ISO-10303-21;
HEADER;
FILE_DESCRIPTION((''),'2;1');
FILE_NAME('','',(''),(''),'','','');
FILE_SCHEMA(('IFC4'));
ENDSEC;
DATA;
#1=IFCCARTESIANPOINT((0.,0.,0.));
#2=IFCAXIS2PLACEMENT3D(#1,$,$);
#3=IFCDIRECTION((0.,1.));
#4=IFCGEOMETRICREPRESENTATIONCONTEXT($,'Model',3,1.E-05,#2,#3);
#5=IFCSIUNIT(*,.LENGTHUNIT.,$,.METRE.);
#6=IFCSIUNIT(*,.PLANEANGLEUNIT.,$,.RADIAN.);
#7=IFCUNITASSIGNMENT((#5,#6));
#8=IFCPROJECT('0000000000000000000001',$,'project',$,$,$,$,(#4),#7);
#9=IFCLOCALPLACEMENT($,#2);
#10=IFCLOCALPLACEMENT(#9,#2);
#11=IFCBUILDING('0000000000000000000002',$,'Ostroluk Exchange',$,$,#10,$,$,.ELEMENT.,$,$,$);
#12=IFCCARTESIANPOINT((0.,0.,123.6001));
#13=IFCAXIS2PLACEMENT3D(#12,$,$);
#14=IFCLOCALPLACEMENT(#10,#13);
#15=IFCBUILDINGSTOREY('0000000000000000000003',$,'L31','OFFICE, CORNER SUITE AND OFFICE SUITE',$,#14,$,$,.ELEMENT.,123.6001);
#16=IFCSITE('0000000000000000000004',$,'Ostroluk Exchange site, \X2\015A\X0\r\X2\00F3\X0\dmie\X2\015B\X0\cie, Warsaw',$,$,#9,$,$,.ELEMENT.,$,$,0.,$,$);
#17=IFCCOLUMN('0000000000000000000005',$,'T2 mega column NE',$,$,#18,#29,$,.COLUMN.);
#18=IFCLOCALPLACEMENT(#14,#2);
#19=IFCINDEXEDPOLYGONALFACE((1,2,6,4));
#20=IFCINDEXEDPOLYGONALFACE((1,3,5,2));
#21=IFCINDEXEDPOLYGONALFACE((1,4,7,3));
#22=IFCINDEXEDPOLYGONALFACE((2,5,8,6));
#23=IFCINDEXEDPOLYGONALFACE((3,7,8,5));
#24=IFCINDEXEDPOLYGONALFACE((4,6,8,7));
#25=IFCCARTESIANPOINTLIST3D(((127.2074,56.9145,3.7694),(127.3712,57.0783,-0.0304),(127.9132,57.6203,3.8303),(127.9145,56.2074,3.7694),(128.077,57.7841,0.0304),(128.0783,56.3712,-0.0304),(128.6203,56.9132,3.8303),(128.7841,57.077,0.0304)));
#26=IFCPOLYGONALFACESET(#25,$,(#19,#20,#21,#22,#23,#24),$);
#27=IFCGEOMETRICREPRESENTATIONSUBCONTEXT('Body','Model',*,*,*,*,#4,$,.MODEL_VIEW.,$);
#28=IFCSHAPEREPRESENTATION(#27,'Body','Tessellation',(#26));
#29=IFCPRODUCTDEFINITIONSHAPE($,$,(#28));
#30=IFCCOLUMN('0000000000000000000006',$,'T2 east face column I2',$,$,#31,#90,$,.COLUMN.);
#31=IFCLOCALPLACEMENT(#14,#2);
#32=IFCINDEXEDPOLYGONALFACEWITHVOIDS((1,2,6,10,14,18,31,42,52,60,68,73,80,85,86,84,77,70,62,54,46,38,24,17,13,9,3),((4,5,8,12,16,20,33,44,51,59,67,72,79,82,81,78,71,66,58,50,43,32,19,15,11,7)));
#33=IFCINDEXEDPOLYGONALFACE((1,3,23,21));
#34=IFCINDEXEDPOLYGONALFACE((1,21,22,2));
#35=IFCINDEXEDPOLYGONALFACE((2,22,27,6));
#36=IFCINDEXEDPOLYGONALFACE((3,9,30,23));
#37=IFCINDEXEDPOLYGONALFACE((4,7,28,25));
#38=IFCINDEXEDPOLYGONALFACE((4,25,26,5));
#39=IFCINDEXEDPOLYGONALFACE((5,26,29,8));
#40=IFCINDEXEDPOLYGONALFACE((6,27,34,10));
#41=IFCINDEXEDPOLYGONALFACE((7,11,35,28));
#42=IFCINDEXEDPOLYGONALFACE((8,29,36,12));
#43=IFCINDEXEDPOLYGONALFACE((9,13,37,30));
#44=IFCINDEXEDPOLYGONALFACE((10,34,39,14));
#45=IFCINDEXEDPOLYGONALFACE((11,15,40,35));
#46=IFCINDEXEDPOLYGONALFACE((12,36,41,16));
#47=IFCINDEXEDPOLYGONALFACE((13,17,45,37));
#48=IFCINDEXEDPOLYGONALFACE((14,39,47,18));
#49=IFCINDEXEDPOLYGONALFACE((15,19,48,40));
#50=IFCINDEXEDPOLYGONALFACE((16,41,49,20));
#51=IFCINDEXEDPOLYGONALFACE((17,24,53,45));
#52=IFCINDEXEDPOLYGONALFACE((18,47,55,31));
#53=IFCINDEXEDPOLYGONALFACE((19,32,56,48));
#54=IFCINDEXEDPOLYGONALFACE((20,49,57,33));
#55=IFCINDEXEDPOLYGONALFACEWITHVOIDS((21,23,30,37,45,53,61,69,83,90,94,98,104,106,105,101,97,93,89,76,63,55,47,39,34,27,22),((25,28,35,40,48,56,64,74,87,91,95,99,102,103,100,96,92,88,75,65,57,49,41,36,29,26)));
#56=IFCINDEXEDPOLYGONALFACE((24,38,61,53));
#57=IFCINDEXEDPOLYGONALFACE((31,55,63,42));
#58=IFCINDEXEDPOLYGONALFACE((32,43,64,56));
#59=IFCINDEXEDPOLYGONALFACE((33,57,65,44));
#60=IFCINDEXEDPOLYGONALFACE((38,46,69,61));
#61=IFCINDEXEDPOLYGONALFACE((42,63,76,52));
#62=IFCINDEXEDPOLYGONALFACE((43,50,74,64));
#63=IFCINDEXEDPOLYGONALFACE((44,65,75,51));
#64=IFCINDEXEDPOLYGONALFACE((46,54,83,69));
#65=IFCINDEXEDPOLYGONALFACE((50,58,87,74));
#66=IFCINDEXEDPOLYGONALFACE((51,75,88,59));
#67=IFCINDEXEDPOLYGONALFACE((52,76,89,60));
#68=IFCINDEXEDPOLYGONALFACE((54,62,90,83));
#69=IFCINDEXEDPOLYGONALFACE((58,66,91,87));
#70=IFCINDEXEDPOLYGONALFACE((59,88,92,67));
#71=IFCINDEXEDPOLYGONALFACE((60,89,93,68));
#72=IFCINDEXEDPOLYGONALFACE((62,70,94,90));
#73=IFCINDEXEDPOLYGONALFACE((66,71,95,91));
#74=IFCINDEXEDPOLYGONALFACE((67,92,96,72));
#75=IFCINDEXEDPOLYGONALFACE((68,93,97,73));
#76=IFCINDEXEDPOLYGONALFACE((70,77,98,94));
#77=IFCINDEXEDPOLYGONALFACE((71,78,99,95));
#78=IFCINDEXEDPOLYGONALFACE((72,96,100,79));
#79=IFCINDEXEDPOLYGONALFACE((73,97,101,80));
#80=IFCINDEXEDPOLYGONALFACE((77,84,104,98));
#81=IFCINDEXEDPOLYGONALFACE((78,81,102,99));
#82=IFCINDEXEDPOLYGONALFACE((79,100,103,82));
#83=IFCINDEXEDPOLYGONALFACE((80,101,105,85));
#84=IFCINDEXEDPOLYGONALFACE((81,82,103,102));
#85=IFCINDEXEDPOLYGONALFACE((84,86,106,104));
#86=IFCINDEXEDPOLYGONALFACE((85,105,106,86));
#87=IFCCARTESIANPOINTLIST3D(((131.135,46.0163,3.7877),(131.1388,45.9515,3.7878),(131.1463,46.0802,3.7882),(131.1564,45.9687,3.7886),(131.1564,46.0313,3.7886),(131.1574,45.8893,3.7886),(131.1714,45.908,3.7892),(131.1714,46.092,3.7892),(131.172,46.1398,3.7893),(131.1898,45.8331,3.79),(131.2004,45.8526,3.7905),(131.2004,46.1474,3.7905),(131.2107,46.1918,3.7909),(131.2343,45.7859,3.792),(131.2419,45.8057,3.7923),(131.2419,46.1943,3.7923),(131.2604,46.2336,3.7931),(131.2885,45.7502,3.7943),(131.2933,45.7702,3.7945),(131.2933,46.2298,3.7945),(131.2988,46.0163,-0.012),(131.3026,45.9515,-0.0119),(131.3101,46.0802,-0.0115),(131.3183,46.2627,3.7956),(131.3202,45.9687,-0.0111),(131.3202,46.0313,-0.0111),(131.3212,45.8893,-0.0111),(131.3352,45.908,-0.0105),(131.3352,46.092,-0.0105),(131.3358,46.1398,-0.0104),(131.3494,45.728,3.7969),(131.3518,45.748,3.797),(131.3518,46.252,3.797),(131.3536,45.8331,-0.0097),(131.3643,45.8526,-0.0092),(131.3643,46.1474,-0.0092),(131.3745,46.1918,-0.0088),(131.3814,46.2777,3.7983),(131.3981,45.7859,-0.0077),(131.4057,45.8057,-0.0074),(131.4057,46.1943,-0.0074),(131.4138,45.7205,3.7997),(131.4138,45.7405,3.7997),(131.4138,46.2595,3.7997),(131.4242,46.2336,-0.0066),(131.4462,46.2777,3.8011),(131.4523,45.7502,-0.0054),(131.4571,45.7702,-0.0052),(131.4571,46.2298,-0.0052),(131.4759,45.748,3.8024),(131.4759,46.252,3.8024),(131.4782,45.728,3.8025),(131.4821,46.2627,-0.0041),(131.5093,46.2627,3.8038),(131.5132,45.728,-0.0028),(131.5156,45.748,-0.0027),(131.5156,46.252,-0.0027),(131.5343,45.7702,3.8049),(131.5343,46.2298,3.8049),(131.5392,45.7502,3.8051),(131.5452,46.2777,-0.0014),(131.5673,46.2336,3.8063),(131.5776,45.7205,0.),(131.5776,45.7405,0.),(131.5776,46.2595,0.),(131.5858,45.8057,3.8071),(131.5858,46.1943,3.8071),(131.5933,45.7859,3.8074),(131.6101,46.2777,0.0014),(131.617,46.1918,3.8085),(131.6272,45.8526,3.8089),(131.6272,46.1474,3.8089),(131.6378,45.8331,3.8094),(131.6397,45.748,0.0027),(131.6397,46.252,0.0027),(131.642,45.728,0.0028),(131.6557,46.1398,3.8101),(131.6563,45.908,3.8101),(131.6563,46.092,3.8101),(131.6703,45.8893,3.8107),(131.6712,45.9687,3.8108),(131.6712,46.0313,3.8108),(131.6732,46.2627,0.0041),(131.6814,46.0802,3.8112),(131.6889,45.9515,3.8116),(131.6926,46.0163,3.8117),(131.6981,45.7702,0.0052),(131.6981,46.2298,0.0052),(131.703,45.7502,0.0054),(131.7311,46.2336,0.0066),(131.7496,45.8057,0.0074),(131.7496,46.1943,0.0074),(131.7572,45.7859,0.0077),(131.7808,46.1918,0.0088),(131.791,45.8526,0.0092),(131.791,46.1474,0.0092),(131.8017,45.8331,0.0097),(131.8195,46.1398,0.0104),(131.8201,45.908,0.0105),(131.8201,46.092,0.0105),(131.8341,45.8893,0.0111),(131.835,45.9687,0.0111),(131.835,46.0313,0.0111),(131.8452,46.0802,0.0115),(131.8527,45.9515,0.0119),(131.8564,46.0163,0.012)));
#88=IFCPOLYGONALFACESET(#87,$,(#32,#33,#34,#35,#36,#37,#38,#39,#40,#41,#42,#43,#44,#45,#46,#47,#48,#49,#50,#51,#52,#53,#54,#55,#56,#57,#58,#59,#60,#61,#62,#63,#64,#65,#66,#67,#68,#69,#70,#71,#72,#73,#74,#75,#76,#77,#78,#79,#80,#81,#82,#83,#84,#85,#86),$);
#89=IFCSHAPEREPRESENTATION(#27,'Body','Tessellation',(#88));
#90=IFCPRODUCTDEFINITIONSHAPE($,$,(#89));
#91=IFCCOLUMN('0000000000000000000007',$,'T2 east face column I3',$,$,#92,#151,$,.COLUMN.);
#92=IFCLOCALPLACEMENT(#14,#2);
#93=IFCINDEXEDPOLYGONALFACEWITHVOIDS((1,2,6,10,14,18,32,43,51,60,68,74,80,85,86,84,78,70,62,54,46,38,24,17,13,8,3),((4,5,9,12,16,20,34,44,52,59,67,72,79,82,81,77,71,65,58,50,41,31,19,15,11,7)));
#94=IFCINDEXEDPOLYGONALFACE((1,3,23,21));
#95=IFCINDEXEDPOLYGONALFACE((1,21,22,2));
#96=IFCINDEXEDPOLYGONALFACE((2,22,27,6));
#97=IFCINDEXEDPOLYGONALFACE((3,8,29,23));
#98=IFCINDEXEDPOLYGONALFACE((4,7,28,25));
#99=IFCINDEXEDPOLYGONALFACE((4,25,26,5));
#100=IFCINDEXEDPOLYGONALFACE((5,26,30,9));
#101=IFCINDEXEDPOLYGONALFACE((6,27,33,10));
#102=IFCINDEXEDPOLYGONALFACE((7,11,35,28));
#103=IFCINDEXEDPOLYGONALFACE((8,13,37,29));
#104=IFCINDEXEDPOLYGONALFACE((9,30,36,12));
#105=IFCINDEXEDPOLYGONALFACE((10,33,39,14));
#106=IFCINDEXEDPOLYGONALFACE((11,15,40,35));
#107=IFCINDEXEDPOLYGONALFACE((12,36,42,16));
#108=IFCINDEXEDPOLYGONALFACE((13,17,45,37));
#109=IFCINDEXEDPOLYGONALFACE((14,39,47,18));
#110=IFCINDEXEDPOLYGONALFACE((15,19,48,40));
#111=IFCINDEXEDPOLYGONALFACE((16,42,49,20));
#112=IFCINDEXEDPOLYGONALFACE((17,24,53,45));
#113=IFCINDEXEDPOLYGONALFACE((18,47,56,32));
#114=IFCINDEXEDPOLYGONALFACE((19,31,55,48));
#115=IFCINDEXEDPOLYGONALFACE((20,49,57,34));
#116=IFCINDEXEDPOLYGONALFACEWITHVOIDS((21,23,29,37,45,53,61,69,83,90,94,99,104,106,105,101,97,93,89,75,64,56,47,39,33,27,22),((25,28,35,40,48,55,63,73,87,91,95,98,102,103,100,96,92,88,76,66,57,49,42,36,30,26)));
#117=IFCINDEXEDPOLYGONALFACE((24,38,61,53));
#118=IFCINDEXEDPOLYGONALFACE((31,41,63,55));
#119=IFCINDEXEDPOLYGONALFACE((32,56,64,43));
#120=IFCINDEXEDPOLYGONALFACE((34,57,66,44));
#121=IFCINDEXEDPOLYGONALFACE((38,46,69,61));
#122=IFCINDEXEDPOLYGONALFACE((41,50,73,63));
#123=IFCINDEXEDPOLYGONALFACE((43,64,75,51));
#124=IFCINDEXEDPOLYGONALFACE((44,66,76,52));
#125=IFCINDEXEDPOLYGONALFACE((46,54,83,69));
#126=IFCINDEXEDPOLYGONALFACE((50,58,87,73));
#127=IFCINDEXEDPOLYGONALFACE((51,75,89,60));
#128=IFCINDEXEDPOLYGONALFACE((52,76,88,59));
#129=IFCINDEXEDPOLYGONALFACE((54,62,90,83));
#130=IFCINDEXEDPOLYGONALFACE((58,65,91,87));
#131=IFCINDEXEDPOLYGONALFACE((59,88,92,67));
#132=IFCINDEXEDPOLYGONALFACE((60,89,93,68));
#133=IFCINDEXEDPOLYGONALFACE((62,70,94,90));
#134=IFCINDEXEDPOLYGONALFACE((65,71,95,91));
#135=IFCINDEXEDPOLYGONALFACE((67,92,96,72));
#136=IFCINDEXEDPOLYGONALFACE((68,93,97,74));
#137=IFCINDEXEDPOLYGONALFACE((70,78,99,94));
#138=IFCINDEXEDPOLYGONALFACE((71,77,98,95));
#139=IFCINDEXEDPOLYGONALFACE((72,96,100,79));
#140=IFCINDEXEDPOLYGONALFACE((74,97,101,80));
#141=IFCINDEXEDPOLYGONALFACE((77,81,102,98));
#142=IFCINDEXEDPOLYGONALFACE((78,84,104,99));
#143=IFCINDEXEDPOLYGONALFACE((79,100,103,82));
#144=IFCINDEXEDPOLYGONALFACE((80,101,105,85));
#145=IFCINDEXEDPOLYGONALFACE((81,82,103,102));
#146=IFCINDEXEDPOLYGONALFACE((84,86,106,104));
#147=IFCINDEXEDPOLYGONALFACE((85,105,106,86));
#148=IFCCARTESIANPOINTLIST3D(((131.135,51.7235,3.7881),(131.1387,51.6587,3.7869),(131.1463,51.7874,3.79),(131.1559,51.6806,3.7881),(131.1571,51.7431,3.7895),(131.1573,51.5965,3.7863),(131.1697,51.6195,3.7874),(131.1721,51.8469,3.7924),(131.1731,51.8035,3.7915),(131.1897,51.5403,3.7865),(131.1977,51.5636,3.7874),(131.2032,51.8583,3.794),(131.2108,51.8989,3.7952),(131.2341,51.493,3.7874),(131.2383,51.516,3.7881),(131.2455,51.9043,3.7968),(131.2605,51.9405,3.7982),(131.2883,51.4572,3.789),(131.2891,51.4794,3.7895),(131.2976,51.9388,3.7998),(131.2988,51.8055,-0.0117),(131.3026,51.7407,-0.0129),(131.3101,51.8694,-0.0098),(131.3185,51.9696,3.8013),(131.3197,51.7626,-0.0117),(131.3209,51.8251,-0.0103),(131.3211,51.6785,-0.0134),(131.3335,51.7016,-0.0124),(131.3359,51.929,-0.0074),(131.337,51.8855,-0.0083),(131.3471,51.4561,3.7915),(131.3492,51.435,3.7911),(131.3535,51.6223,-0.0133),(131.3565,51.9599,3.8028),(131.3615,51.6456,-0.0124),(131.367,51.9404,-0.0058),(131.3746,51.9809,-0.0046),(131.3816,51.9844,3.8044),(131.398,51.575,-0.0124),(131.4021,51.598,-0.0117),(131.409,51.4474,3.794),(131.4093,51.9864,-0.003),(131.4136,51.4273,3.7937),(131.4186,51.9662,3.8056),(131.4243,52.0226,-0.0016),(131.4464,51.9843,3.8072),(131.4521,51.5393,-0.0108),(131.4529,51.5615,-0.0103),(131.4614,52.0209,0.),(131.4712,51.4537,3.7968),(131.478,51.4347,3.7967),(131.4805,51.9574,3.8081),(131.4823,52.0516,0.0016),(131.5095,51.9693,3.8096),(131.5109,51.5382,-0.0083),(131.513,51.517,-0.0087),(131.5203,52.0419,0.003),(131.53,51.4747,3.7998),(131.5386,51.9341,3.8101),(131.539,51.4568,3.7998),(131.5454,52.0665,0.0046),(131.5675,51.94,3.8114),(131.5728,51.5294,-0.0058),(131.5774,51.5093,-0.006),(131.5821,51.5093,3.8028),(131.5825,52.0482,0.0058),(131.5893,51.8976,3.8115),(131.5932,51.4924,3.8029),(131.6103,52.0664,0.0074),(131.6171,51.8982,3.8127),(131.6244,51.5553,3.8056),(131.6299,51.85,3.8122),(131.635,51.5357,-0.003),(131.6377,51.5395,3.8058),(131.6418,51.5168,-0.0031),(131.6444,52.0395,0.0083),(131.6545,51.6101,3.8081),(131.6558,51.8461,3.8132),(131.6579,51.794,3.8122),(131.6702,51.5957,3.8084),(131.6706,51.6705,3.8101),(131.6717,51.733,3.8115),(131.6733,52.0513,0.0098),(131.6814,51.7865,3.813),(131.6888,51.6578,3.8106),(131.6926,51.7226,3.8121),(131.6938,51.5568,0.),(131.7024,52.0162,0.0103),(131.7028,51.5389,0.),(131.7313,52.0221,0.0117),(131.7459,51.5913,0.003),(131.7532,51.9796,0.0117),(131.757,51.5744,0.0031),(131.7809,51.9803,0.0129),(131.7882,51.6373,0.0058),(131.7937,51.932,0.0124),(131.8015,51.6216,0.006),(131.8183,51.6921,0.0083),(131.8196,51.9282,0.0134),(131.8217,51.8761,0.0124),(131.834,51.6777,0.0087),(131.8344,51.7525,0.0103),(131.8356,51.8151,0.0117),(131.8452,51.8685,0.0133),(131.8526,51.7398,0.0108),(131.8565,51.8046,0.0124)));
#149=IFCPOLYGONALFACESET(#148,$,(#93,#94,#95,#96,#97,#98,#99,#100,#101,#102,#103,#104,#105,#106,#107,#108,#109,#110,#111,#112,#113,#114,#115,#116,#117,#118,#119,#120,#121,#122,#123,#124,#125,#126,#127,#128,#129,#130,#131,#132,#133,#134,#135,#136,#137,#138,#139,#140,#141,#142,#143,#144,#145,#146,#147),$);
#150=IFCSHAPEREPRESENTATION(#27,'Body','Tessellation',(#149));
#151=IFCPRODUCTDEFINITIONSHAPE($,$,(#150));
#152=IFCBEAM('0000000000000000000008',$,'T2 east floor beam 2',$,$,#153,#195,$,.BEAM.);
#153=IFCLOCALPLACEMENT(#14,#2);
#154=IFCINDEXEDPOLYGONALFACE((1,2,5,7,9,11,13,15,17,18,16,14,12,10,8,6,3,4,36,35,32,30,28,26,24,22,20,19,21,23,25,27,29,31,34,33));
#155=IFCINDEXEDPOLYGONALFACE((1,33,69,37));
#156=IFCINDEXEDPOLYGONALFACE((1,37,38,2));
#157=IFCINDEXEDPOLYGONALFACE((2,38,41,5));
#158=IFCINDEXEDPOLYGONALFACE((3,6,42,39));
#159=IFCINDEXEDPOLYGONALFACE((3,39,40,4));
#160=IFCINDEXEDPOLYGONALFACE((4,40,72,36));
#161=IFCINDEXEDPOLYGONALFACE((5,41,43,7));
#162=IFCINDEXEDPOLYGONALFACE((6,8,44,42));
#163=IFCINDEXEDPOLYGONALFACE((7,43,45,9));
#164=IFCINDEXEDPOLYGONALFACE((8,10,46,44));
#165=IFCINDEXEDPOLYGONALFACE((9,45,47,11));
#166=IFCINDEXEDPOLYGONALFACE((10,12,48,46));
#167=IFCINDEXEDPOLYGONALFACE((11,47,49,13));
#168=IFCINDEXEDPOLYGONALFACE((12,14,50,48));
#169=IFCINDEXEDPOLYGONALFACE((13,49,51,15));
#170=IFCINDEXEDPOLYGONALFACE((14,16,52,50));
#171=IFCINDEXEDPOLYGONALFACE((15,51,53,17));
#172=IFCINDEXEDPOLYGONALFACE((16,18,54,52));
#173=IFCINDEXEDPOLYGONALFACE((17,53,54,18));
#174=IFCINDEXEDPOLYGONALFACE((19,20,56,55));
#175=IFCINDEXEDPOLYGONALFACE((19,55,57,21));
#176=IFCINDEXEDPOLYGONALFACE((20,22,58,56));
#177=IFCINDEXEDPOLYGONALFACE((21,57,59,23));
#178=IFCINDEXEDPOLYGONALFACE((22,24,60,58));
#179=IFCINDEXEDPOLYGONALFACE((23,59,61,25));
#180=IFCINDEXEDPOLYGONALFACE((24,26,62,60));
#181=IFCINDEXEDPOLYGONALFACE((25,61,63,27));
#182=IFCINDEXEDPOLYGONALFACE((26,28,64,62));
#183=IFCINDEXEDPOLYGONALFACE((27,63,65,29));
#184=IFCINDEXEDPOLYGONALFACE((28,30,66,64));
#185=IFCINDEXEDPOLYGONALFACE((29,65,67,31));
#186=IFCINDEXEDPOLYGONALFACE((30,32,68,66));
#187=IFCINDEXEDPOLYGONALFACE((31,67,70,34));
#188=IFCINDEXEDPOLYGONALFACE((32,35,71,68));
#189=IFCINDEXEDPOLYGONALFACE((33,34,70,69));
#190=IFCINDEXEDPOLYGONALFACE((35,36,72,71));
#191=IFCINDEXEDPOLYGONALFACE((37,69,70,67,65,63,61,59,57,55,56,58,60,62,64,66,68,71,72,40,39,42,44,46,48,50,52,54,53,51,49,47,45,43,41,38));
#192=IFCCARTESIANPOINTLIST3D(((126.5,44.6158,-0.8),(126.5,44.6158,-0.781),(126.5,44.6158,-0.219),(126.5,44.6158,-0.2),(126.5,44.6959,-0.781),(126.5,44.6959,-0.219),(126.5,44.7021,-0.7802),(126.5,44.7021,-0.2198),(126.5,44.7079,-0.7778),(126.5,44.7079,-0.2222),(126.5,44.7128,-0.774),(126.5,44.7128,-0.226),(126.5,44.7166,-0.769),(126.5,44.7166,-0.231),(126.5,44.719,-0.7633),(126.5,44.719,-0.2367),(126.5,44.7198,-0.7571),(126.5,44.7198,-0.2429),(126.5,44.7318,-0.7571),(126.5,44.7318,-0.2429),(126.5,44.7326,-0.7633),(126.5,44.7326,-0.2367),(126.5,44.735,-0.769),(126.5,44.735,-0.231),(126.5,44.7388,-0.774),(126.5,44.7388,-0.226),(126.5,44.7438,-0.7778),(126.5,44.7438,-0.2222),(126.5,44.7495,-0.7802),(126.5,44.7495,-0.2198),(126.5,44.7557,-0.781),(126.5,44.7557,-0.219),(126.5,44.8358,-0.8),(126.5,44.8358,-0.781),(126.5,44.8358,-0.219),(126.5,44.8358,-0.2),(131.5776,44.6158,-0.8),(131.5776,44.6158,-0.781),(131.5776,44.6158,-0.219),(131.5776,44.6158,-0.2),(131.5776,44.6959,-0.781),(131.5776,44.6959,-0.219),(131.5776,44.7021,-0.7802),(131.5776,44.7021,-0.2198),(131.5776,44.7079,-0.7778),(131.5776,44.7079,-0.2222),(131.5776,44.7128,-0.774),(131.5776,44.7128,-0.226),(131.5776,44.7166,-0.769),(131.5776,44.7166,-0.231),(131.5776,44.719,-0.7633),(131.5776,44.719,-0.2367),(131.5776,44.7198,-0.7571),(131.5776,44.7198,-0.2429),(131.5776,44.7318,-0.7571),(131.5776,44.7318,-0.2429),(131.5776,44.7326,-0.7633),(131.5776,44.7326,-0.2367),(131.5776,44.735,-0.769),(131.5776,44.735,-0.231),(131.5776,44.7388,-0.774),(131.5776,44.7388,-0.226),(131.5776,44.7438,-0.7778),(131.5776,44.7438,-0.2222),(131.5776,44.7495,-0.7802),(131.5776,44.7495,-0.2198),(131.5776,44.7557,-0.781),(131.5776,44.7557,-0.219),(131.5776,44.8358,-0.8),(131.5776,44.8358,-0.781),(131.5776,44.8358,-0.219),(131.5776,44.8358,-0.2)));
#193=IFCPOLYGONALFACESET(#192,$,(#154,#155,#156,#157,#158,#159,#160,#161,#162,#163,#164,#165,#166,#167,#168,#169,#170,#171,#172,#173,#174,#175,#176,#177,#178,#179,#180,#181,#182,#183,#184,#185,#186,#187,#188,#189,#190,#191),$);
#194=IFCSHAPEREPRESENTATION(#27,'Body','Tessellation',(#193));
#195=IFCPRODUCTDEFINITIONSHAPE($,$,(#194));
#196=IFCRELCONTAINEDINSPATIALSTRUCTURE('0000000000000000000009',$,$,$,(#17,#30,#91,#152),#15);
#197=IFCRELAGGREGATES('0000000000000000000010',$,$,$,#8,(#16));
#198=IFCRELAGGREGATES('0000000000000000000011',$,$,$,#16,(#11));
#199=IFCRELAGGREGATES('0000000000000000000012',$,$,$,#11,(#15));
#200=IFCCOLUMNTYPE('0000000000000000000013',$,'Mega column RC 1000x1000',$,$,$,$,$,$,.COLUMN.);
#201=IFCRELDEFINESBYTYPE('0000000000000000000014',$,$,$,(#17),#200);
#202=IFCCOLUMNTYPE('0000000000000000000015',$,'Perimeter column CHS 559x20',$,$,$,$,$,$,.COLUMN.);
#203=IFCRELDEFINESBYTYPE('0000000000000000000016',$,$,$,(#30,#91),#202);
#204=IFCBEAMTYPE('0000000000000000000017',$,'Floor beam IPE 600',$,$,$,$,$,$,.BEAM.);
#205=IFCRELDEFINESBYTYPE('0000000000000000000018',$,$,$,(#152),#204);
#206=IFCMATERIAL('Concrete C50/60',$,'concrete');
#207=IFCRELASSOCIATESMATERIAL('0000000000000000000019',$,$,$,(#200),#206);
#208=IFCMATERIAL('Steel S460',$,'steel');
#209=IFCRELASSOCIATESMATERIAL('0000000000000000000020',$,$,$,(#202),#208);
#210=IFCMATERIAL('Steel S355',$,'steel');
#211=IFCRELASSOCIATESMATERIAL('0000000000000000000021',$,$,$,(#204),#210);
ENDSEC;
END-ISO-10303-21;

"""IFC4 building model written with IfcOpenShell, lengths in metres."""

from ifc_helpers import new_model, si_unit, direction, frame, origin, origin_2d, place, context, subcontext, project, spatial, rectangle, hollow_circle, i_section, extrude, material, material_profile, profile_set, type_object, element, save


model = new_model("IFC4")

# Units and contexts
model_context = context("Model", 3, precision=1e-05, world=origin(), true_north=direction((0.0, 1.0)))
body_context = subcontext(model_context, "Body", "Model", "MODEL_VIEW")
ifc_project = project(units=[si_unit("LENGTHUNIT", "METRE"), si_unit("PLANEANGLEUNIT", "RADIAN")], contexts=[model_context])

# Site, building, storey
site_placement = place(None, origin())
site = spatial("IfcSite", under=ifc_project, at=site_placement, Name="Ostroluk Exchange site, Śródmieście, Warsaw", CompositionType="ELEMENT", RefElevation=0.0)
building_placement = place(site_placement, origin())
building = spatial("IfcBuilding", under=site, at=building_placement, Name="Ostroluk Exchange", CompositionType="ELEMENT")
storey_placement = place(building_placement, frame((0.0, 0.0, 123.6001)))
storey = spatial("IfcBuildingStorey", under=building, at=storey_placement, Name="L31", Description="OFFICE, CORNER SUITE AND OFFICE SUITE", CompositionType="ELEMENT", Elevation=123.6001)

# Columns
ifc_material_1 = material(Name="Concrete C50/60", Category="concrete")
ifc_material_profile_1 = material_profile(ifc_material_1, rectangle(XDim=1.0, YDim=1.0, at=origin_2d()), Name="RC 1000x1000")
ifc_profile_set_1 = profile_set([ifc_material_profile_1], Name="Concrete C50/60")
column_type_1 = type_object("IfcColumnType", Name="Mega column RC 1000x1000", PredefinedType="COLUMN", material=ifc_profile_set_1)
column_1_placement = place(storey_placement, frame((128.0776, 57.0776, 0.0), z_axis=(-0.043032, -0.043032, 0.998146), x_axis=(0.707107, -0.707107, 0.0)))
element("IfcColumn", 1, at=column_1_placement, inside=storey, type_object=column_type_1, Name="T2 mega column NE", PredefinedType="COLUMN", context=body_context, shape_type="SweptSolid", body=[
    extrude(rectangle(XDim=1.0, YDim=1.0, at=origin_2d()), origin(), (0.0, 0.0, 1.0), 3.8069),
])
ifc_material_2 = material(Name="Steel S460", Category="steel")
ifc_material_profile_2 = material_profile(ifc_material_2, hollow_circle(Radius=0.2795, WallThickness=0.02, at=origin_2d()), Name="CHS 559x20")
ifc_profile_set_2 = profile_set([ifc_material_profile_2], Name="Steel S460")
column_type_2 = type_object("IfcColumnType", Name="Perimeter column CHS 559x20", PredefinedType="COLUMN", material=ifc_profile_set_2)
column_2_placement = place(storey_placement, frame((131.5776, 46.0, 0.0), z_axis=(-0.043072, 0.0, 0.999072), x_axis=(0.0, -1.0, 0.0)))
element("IfcColumn", 2, at=column_2_placement, inside=storey, type_object=column_type_2, Name="T2 east face column I2", PredefinedType="COLUMN", context=body_context, shape_type="SweptSolid", body=[
    extrude(hollow_circle(Radius=0.2795, WallThickness=0.02, at=origin_2d()), origin(), (0.0, 0.0, 1.0), 3.8032),
])
column_3_placement = place(storey_placement, frame((131.5776, 51.7888, 0.0), z_axis=(-0.043062, -0.021563, 0.99884), x_axis=(0.447747, -0.894161, 0.0)))
element("IfcColumn", 3, at=column_3_placement, inside=storey, type_object=column_type_2, Name="T2 east face column I3", PredefinedType="COLUMN", context=body_context, shape_type="SweptSolid", body=[
    extrude(hollow_circle(Radius=0.2795, WallThickness=0.02, at=origin_2d()), origin(), (0.0, 0.0, 1.0), 3.8042),
])

# Beam
ifc_material_3 = material(Name="Steel S355", Category="steel")
ifc_material_profile_3 = material_profile(ifc_material_3, i_section(OverallWidth=0.22, OverallDepth=0.6001, WebThickness=0.012, FlangeThickness=0.019, FilletRadius=0.0239, at=origin_2d()), Name="IPE 600")
ifc_profile_set_3 = profile_set([ifc_material_profile_3], Name="Steel S355")
beam_type_1 = type_object("IfcBeamType", Name="Floor beam IPE 600", PredefinedType="BEAM", material=ifc_profile_set_3)
for number, where, z_axis, x_axis, name in (
    (4, (126.5, 44.7258, -0.5), (1.0, 0.0, 0.0), (0.0, 1.0, 0.0), "T2 east floor beam 2"),
):
    element("IfcBeam", number, at=place(storey_placement, frame(where, z_axis=z_axis, x_axis=x_axis)), inside=storey, type_object=beam_type_1, Name=name, PredefinedType="BEAM", context=body_context, shape_type="SweptSolid", body=[
        extrude(i_section(OverallWidth=0.22, OverallDepth=0.6001, WebThickness=0.012, FlangeThickness=0.019, FilletRadius=0.0239, at=origin_2d()), origin(), (0.0, 0.0, 1.0), 5.0776),
    ])

save(model, "model.ifc")
